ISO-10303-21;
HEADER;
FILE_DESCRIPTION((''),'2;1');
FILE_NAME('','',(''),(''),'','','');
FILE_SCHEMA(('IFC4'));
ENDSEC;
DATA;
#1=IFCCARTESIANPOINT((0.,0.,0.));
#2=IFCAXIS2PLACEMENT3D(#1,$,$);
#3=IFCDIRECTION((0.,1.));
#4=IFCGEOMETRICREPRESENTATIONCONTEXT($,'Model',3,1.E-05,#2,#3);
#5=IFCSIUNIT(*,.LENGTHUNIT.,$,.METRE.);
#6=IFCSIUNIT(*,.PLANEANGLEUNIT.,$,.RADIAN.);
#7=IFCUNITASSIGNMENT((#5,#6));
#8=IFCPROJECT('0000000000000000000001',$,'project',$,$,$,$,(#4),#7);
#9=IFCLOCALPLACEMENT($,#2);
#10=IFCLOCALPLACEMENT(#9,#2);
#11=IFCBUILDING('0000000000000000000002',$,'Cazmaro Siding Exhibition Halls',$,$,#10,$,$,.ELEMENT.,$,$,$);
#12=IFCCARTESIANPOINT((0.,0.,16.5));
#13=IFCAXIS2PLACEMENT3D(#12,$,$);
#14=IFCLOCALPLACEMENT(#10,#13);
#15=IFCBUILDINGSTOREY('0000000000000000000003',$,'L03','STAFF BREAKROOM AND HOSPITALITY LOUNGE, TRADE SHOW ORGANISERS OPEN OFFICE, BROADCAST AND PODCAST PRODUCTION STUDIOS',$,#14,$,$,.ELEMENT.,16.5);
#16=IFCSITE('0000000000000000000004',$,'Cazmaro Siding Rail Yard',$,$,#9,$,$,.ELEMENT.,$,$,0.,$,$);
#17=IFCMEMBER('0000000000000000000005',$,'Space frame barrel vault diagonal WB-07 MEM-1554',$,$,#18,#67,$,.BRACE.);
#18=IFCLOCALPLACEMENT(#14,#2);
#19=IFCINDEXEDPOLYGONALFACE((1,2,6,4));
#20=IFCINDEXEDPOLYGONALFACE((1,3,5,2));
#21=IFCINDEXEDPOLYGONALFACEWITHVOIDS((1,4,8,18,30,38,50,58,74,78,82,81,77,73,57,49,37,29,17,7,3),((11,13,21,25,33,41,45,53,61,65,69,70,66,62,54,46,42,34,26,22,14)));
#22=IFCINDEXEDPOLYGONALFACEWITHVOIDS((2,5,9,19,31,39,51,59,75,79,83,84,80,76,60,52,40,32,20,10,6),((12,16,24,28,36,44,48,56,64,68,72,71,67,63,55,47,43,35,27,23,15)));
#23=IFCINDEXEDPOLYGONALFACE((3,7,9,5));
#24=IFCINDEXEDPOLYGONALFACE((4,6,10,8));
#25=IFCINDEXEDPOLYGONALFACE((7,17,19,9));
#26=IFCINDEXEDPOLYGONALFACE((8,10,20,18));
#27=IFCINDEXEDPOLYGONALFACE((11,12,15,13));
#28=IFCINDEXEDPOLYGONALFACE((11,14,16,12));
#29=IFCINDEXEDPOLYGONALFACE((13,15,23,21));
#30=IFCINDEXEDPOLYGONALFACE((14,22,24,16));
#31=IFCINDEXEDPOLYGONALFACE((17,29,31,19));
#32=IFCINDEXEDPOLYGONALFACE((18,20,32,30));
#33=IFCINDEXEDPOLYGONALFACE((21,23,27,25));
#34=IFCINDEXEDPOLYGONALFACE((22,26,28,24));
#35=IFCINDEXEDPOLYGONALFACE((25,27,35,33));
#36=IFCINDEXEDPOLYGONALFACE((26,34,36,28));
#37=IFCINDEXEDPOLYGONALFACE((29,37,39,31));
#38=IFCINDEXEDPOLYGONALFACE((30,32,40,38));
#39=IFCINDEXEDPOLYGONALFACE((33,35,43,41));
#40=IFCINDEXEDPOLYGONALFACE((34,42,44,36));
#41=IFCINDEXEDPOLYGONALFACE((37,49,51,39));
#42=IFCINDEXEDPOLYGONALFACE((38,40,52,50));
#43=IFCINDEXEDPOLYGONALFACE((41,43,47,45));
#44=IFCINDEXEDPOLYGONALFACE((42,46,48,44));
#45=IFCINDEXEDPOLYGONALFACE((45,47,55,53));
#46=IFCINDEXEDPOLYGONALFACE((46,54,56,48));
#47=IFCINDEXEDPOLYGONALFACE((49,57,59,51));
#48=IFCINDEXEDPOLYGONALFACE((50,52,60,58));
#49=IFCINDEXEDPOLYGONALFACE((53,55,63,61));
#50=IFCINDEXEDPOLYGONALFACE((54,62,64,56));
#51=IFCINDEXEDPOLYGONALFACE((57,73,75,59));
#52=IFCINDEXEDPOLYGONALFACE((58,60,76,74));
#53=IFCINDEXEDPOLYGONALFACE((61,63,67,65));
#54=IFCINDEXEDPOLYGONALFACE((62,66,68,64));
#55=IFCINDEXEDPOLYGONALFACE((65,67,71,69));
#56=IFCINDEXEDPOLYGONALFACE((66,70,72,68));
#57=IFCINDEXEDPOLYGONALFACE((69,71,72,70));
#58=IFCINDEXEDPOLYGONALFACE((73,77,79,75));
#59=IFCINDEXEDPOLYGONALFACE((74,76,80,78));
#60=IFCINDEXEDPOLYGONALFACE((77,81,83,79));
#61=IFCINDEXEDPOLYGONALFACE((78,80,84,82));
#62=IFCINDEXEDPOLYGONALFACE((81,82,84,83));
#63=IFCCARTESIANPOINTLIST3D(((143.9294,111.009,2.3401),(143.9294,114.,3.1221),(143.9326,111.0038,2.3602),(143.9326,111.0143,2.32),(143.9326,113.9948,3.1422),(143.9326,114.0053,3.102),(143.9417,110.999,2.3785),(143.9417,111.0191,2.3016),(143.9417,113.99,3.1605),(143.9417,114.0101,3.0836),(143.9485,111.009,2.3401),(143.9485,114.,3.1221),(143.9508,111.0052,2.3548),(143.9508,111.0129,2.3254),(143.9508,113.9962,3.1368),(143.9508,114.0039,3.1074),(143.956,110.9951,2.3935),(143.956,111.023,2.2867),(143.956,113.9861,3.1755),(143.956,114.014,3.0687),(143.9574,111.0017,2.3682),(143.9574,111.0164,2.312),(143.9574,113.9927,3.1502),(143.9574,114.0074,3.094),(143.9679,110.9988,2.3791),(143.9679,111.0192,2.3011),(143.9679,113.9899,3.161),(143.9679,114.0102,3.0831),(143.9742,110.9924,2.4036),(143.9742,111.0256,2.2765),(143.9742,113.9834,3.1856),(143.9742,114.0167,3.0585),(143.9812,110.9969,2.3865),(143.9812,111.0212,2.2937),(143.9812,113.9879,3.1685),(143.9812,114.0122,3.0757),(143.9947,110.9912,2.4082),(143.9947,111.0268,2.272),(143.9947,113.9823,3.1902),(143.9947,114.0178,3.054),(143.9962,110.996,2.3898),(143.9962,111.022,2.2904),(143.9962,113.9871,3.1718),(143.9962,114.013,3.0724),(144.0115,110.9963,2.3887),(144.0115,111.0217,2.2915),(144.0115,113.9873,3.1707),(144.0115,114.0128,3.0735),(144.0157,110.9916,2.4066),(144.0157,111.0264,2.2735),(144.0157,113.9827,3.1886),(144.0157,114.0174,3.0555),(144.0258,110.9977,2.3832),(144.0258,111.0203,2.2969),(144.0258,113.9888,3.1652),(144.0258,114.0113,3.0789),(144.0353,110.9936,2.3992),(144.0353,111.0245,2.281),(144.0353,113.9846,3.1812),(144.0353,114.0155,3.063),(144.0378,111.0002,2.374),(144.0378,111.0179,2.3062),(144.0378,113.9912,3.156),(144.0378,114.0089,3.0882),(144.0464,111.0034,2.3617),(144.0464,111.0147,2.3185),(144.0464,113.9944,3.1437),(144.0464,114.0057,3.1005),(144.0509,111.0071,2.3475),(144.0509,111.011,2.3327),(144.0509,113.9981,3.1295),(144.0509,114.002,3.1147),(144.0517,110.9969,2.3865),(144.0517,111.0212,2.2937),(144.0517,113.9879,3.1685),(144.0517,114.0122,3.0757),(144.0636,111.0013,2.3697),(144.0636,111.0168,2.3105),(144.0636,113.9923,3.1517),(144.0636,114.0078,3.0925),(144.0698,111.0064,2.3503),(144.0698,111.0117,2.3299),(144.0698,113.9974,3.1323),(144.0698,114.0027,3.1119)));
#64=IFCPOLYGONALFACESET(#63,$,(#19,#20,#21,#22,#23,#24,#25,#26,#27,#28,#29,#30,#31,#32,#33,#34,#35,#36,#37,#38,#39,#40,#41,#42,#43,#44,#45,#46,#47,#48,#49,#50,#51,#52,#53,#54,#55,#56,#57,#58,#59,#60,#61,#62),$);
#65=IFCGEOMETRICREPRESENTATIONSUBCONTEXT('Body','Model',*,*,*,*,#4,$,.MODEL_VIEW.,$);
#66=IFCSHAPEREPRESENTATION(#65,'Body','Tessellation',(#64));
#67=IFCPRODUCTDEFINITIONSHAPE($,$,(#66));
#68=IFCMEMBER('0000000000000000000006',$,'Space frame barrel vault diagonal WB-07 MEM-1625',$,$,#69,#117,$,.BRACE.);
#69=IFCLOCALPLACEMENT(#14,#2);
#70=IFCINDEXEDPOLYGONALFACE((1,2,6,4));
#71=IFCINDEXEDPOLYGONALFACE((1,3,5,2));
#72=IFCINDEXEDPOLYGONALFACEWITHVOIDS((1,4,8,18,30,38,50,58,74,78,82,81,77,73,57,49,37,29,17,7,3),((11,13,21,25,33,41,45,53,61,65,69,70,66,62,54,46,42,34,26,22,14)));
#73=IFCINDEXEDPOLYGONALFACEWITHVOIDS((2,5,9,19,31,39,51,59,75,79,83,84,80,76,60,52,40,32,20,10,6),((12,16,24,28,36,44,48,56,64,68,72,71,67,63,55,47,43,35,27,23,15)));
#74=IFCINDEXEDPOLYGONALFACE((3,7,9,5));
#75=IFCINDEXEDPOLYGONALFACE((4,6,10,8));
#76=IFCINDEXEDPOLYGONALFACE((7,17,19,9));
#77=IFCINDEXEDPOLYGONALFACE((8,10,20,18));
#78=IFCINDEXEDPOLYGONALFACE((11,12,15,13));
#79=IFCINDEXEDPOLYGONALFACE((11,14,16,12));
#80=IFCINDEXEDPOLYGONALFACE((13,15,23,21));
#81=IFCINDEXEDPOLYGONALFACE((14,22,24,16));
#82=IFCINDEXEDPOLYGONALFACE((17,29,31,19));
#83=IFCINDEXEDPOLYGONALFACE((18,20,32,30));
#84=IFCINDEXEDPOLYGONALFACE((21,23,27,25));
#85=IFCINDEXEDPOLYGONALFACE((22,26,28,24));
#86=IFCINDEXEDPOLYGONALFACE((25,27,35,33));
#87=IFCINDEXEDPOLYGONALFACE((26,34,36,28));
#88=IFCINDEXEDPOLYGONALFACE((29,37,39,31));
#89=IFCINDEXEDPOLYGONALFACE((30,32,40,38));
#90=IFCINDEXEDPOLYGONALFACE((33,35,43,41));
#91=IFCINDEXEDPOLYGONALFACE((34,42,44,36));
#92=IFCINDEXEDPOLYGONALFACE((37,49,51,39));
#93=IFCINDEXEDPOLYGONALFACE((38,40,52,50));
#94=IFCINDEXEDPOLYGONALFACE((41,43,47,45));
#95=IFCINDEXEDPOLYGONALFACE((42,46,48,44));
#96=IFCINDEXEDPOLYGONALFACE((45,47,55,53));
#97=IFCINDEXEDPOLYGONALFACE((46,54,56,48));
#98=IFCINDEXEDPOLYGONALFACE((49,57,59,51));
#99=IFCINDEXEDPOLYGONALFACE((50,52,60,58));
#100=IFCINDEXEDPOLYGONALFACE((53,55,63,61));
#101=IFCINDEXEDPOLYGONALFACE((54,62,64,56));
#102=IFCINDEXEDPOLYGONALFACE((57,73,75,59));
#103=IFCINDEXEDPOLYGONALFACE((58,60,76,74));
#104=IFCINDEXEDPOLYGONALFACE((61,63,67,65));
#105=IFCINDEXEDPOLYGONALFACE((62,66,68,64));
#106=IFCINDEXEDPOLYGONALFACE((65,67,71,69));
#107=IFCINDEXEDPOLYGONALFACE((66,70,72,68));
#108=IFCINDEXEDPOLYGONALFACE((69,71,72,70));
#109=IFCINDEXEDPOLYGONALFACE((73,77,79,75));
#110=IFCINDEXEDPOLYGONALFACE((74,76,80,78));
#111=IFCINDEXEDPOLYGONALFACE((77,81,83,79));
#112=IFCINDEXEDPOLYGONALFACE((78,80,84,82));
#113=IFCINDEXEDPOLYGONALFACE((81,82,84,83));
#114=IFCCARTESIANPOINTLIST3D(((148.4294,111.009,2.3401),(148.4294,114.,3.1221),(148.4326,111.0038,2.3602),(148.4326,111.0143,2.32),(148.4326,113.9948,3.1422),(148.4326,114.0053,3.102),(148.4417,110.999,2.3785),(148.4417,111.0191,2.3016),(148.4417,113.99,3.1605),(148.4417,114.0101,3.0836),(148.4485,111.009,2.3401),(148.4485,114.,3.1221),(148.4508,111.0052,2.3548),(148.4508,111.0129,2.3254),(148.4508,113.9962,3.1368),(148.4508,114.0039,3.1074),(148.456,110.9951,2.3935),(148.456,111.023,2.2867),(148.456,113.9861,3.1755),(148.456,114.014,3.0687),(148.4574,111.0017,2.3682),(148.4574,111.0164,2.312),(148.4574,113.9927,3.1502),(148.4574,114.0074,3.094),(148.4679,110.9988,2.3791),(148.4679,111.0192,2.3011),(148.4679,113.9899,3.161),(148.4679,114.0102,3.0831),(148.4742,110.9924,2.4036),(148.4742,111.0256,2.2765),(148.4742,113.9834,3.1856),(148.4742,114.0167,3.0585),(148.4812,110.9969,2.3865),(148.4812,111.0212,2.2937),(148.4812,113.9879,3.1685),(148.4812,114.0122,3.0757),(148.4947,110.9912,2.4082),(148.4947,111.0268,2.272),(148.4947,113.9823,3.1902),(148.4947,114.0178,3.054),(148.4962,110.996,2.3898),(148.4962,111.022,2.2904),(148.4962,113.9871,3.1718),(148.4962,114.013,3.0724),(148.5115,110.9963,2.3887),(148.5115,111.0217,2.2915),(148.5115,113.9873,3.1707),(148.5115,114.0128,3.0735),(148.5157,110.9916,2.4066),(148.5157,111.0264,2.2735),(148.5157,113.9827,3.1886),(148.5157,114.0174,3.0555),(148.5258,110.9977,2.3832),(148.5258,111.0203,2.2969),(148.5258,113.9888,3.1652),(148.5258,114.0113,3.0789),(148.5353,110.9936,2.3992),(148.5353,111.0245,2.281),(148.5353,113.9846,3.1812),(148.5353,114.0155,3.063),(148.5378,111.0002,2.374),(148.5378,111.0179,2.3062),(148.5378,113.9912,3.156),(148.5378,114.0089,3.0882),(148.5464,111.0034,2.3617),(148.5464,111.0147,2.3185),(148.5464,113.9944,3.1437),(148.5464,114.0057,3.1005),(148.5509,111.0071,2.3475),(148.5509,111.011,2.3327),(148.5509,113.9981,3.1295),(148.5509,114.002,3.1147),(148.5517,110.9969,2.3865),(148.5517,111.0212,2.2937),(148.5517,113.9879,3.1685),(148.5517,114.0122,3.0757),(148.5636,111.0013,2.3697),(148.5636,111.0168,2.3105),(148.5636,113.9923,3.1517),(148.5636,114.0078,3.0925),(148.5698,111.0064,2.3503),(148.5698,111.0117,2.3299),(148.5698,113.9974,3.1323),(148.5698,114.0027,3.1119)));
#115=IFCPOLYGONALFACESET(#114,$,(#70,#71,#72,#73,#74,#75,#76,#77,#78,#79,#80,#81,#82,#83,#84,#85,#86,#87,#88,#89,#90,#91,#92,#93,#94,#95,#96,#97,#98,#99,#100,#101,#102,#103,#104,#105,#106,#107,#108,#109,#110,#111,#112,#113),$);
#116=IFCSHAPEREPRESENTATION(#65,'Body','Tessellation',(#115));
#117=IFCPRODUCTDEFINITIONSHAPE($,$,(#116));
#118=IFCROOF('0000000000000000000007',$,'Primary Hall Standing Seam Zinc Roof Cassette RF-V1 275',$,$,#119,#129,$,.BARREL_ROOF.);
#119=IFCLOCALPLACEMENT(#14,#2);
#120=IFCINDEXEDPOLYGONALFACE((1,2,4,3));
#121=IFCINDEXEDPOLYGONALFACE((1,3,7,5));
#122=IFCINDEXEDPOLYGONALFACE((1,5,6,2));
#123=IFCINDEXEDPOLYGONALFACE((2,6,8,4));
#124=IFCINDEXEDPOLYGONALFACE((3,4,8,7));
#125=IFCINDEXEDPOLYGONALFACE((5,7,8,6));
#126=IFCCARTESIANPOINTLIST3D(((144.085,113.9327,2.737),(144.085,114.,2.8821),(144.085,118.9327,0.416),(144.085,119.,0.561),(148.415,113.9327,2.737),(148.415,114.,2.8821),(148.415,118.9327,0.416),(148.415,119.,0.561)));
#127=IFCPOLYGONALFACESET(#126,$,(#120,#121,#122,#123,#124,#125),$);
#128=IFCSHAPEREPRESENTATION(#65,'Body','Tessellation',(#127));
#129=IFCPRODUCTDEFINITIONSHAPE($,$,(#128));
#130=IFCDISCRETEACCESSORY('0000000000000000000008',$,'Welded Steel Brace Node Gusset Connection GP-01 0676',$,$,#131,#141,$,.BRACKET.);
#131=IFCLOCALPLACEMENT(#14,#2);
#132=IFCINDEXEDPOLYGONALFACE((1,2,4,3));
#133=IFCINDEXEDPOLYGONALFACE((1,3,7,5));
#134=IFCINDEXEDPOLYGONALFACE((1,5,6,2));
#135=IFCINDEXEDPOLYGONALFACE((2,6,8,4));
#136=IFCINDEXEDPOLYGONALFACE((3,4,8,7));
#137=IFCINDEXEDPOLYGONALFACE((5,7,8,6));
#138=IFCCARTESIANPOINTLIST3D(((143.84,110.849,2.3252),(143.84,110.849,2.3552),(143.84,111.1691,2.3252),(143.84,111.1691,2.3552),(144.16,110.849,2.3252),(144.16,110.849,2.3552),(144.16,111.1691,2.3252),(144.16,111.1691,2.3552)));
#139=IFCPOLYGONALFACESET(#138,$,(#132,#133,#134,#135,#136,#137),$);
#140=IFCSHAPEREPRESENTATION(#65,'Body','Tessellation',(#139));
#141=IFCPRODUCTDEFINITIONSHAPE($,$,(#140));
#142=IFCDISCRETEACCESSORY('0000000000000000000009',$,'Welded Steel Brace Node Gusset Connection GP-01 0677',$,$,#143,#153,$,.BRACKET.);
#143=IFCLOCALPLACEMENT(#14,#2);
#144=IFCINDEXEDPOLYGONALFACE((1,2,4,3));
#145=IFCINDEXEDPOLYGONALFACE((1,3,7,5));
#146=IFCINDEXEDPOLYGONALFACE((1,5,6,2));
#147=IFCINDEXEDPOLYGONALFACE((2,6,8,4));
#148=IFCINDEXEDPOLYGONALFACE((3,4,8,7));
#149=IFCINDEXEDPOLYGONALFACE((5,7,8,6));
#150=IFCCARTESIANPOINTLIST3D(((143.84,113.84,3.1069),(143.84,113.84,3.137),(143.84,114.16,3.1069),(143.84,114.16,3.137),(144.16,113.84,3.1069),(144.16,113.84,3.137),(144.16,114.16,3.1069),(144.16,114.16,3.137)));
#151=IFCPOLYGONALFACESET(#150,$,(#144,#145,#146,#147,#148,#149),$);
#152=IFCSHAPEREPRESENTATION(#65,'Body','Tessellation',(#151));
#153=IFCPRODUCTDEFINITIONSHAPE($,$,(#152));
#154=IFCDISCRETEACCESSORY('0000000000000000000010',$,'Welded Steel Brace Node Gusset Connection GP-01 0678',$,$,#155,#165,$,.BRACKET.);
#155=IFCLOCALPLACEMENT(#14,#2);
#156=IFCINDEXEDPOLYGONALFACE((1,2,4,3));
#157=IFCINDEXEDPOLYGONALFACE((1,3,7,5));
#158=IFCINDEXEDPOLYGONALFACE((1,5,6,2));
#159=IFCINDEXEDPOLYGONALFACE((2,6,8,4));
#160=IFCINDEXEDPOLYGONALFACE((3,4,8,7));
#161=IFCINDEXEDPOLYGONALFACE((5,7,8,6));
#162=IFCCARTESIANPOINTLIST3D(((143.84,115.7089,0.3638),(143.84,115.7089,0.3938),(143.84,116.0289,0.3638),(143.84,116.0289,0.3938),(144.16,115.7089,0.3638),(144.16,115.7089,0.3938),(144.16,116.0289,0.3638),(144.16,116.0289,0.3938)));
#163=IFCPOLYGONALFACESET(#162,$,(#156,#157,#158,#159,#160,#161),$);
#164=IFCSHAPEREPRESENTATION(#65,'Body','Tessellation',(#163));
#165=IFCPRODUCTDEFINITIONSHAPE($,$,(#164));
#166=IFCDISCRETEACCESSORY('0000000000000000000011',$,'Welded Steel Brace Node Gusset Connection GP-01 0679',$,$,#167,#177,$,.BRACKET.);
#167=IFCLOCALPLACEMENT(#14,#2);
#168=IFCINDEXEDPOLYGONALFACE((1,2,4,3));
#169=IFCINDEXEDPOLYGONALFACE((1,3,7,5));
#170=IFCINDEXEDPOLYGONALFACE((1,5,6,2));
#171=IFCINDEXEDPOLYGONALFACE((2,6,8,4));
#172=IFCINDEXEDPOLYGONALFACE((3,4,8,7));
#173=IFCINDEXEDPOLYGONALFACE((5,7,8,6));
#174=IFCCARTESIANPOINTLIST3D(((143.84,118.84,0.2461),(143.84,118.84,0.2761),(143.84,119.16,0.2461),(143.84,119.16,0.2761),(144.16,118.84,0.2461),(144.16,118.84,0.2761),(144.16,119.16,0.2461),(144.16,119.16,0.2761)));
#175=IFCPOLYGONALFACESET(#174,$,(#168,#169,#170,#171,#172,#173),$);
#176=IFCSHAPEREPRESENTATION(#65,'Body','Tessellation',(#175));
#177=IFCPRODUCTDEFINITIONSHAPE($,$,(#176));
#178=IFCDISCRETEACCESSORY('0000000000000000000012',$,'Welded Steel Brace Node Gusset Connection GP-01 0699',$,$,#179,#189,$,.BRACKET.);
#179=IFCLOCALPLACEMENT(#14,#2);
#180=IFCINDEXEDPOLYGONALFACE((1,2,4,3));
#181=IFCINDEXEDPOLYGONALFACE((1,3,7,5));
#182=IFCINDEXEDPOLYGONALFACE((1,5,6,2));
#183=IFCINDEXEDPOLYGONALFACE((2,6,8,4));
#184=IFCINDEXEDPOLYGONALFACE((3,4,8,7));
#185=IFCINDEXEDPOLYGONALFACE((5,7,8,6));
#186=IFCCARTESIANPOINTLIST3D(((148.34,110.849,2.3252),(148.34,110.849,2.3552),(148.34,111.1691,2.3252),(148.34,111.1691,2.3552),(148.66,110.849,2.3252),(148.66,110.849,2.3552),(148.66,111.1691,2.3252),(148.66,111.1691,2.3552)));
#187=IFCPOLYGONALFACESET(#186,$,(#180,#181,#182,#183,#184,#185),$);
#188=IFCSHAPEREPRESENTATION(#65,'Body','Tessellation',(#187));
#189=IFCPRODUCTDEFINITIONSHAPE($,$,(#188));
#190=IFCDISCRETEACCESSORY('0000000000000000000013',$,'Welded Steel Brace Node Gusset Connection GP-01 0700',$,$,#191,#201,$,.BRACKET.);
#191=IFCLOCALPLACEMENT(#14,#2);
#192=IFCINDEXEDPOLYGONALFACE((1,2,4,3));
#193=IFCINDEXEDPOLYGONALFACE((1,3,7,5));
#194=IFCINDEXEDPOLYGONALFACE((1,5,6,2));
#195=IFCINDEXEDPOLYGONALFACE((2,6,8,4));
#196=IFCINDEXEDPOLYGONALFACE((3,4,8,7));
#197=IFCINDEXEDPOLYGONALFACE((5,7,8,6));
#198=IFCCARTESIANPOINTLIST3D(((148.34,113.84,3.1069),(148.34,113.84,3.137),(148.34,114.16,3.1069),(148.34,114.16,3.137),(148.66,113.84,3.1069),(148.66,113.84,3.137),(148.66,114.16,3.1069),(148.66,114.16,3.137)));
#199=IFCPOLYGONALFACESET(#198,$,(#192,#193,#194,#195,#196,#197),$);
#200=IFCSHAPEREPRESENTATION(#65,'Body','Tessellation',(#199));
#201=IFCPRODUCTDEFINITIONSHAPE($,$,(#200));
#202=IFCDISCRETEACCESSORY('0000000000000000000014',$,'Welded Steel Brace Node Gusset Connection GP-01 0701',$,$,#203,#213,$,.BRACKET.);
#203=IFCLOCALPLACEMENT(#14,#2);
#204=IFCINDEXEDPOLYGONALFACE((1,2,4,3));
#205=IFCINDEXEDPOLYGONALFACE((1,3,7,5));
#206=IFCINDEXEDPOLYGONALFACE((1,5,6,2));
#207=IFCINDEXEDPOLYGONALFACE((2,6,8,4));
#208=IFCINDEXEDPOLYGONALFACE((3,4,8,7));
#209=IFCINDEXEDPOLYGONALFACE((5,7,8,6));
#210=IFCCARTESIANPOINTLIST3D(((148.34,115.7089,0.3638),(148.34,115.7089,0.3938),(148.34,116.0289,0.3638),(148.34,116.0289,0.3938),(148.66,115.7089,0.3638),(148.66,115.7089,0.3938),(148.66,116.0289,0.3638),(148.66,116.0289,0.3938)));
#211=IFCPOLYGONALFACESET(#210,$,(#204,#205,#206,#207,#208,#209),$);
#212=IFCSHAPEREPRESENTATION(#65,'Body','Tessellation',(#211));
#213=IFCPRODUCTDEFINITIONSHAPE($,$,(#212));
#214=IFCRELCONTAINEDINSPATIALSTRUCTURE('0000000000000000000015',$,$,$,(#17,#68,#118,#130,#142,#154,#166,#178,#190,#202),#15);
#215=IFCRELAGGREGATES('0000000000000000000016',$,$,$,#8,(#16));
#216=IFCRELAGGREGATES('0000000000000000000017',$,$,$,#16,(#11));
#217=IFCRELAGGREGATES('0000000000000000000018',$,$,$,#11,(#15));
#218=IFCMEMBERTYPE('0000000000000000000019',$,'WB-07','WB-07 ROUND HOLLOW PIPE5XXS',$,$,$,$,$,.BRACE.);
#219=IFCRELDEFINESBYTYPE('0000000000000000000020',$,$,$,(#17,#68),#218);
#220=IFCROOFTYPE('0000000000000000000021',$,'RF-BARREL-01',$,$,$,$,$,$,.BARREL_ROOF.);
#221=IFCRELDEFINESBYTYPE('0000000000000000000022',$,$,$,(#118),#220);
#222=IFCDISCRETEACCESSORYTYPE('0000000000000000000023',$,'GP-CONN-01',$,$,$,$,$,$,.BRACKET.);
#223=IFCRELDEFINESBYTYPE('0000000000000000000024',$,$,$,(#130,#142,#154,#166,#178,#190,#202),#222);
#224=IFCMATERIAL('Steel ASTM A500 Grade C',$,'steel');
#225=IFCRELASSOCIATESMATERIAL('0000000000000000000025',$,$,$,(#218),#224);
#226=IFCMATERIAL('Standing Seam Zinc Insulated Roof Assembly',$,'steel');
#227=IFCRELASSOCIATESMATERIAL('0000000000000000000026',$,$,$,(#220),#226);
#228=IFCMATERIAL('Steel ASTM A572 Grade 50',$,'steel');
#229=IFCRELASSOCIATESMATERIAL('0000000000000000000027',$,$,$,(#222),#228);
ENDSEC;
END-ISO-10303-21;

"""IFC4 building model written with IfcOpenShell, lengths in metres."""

from ifc_helpers import new_model, si_unit, direction, frame, origin, origin_2d, place, context, subcontext, project, spatial, polyline, rectangle, hollow_circle, outline, extrude, material, material_profile, profile_set, type_object, element, save


model = new_model("IFC4")

# Units and contexts
model_context = context("Model", 3, precision=1e-05, world=origin(), true_north=direction((0.0, 1.0)))
body_context = subcontext(model_context, "Body", "Model", "MODEL_VIEW")
ifc_project = project(units=[si_unit("LENGTHUNIT", "METRE"), si_unit("PLANEANGLEUNIT", "RADIAN")], contexts=[model_context])

# Site, building, storey
site_placement = place(None, origin())
site = spatial("IfcSite", under=ifc_project, at=site_placement, Name="Cazmaro Siding Rail Yard", CompositionType="ELEMENT", RefElevation=0.0)
building_placement = place(site_placement, origin())
building = spatial("IfcBuilding", under=site, at=building_placement, Name="Cazmaro Siding Exhibition Halls", CompositionType="ELEMENT")
storey_placement = place(building_placement, frame((0.0, 0.0, 16.5)))
storey = spatial("IfcBuildingStorey", under=building, at=storey_placement, Name="L03", Description="STAFF BREAKROOM AND HOSPITALITY LOUNGE, TRADE SHOW ORGANISERS OPEN OFFICE, BROADCAST AND PODCAST PRODUCTION STUDIOS", CompositionType="ELEMENT", Elevation=16.5)

# Members
ifc_material_1 = material(Name="Steel ASTM A500 Grade C", Category="steel")
ifc_material_profile_1 = material_profile(ifc_material_1, hollow_circle(Radius=0.0706, WallThickness=0.019, at=origin_2d()), Name="PIPE5XXS")
ifc_profile_set_1 = profile_set([ifc_material_profile_1], Name="Steel ASTM A500 Grade C")
member_type_1 = type_object("IfcMemberType", Name="WB-07", Description="WB-07 ROUND HOLLOW PIPE5XXS", PredefinedType="BRACE", material=ifc_profile_set_1)
for number, where, z_axis, x_axis, name in (
    (1, (144.0, 111.009, 2.3401), (0.0, 0.96748, 0.252946), (-1.0, 0.0, 0.0), "Space frame barrel vault diagonal WB-07 MEM-1554"),
    (2, (148.5, 111.009, 2.3401), (0.0, 0.96748, 0.252946), (-1.0, 0.0, 0.0), "Space frame barrel vault diagonal WB-07 MEM-1625"),
):
    element("IfcMember", number, at=place(storey_placement, frame(where, z_axis=z_axis, x_axis=x_axis)), inside=storey, type_object=member_type_1, Name=name, PredefinedType="BRACE", context=body_context, shape_type="SweptSolid", body=[
        extrude(hollow_circle(Radius=0.0706, WallThickness=0.019, at=origin_2d()), origin(), (0.0, 0.0, 1.0), 3.0916),
    ])

# Roof
ifc_material_2 = material(Name="Standing Seam Zinc Insulated Roof Assembly", Category="steel")
roof_type = type_object("IfcRoofType", Name="RF-BARREL-01", PredefinedType="BARREL_ROOF", material=ifc_material_2)
roof_placement = place(storey_placement, frame((144.085, 114.0, 2.8821), z_axis=(0.0, 0.421054, 0.907036), x_axis=(1.0, 0.0, 0.0)))
element("IfcRoof", 3, at=roof_placement, inside=storey, type_object=roof_type, Name="Primary Hall Standing Seam Zinc Roof Cassette RF-V1 275", PredefinedType="BARREL_ROOF", context=body_context, shape_type="SweptSolid", body=[
    extrude(outline(polyline([(0.0, 0.0), (4.3301, 0.0), (4.3301, 5.5125), (0.0, 5.5125), (0.0, 0.0)])), origin(), (0.0, 0.0, -1.0), 0.1599),
])

# Discrete accessories
ifc_material_3 = material(Name="Steel ASTM A572 Grade 50", Category="steel")
discrete_accessory_type = type_object("IfcDiscreteAccessoryType", Name="GP-CONN-01", PredefinedType="BRACKET", material=ifc_material_3)
for number, where, z_axis, x_axis, name in (
    (4, (144.0, 111.009, 2.3252), (0.0, 0.0, 1.0), (1.0, 0.0, 0.0), "Welded Steel Brace Node Gusset Connection GP-01 0676"),
    (5, (144.0, 114.0, 3.1069), (0.0, 0.0, 1.0), (1.0, 0.0, 0.0), "Welded Steel Brace Node Gusset Connection GP-01 0677"),
    (6, (144.0, 115.8689, 0.3638), (0.0, 0.0, 1.0), (1.0, 0.0, 0.0), "Welded Steel Brace Node Gusset Connection GP-01 0678"),
    (7, (144.0, 119.0, 0.2461), (0.0, 0.0, 1.0), (1.0, 0.0, 0.0), "Welded Steel Brace Node Gusset Connection GP-01 0679"),
    (8, (148.5, 111.009, 2.3252), (0.0, 0.0, 1.0), (1.0, 0.0, 0.0), "Welded Steel Brace Node Gusset Connection GP-01 0699"),
    (9, (148.5, 114.0, 3.1069), (0.0, 0.0, 1.0), (1.0, 0.0, 0.0), "Welded Steel Brace Node Gusset Connection GP-01 0700"),
    (10, (148.5, 115.8689, 0.3638), (0.0, 0.0, 1.0), (1.0, 0.0, 0.0), "Welded Steel Brace Node Gusset Connection GP-01 0701"),
):
    element("IfcDiscreteAccessory", number, at=place(storey_placement, frame(where, z_axis=z_axis, x_axis=x_axis)), inside=storey, type_object=discrete_accessory_type, Name=name, PredefinedType="BRACKET", context=body_context, shape_type="SweptSolid", body=[
        extrude(rectangle(XDim=0.3201, YDim=0.3201, at=origin_2d()), origin(), (0.0, 0.0, 1.0), 0.03),
    ])

save(model, "model.ifc")
